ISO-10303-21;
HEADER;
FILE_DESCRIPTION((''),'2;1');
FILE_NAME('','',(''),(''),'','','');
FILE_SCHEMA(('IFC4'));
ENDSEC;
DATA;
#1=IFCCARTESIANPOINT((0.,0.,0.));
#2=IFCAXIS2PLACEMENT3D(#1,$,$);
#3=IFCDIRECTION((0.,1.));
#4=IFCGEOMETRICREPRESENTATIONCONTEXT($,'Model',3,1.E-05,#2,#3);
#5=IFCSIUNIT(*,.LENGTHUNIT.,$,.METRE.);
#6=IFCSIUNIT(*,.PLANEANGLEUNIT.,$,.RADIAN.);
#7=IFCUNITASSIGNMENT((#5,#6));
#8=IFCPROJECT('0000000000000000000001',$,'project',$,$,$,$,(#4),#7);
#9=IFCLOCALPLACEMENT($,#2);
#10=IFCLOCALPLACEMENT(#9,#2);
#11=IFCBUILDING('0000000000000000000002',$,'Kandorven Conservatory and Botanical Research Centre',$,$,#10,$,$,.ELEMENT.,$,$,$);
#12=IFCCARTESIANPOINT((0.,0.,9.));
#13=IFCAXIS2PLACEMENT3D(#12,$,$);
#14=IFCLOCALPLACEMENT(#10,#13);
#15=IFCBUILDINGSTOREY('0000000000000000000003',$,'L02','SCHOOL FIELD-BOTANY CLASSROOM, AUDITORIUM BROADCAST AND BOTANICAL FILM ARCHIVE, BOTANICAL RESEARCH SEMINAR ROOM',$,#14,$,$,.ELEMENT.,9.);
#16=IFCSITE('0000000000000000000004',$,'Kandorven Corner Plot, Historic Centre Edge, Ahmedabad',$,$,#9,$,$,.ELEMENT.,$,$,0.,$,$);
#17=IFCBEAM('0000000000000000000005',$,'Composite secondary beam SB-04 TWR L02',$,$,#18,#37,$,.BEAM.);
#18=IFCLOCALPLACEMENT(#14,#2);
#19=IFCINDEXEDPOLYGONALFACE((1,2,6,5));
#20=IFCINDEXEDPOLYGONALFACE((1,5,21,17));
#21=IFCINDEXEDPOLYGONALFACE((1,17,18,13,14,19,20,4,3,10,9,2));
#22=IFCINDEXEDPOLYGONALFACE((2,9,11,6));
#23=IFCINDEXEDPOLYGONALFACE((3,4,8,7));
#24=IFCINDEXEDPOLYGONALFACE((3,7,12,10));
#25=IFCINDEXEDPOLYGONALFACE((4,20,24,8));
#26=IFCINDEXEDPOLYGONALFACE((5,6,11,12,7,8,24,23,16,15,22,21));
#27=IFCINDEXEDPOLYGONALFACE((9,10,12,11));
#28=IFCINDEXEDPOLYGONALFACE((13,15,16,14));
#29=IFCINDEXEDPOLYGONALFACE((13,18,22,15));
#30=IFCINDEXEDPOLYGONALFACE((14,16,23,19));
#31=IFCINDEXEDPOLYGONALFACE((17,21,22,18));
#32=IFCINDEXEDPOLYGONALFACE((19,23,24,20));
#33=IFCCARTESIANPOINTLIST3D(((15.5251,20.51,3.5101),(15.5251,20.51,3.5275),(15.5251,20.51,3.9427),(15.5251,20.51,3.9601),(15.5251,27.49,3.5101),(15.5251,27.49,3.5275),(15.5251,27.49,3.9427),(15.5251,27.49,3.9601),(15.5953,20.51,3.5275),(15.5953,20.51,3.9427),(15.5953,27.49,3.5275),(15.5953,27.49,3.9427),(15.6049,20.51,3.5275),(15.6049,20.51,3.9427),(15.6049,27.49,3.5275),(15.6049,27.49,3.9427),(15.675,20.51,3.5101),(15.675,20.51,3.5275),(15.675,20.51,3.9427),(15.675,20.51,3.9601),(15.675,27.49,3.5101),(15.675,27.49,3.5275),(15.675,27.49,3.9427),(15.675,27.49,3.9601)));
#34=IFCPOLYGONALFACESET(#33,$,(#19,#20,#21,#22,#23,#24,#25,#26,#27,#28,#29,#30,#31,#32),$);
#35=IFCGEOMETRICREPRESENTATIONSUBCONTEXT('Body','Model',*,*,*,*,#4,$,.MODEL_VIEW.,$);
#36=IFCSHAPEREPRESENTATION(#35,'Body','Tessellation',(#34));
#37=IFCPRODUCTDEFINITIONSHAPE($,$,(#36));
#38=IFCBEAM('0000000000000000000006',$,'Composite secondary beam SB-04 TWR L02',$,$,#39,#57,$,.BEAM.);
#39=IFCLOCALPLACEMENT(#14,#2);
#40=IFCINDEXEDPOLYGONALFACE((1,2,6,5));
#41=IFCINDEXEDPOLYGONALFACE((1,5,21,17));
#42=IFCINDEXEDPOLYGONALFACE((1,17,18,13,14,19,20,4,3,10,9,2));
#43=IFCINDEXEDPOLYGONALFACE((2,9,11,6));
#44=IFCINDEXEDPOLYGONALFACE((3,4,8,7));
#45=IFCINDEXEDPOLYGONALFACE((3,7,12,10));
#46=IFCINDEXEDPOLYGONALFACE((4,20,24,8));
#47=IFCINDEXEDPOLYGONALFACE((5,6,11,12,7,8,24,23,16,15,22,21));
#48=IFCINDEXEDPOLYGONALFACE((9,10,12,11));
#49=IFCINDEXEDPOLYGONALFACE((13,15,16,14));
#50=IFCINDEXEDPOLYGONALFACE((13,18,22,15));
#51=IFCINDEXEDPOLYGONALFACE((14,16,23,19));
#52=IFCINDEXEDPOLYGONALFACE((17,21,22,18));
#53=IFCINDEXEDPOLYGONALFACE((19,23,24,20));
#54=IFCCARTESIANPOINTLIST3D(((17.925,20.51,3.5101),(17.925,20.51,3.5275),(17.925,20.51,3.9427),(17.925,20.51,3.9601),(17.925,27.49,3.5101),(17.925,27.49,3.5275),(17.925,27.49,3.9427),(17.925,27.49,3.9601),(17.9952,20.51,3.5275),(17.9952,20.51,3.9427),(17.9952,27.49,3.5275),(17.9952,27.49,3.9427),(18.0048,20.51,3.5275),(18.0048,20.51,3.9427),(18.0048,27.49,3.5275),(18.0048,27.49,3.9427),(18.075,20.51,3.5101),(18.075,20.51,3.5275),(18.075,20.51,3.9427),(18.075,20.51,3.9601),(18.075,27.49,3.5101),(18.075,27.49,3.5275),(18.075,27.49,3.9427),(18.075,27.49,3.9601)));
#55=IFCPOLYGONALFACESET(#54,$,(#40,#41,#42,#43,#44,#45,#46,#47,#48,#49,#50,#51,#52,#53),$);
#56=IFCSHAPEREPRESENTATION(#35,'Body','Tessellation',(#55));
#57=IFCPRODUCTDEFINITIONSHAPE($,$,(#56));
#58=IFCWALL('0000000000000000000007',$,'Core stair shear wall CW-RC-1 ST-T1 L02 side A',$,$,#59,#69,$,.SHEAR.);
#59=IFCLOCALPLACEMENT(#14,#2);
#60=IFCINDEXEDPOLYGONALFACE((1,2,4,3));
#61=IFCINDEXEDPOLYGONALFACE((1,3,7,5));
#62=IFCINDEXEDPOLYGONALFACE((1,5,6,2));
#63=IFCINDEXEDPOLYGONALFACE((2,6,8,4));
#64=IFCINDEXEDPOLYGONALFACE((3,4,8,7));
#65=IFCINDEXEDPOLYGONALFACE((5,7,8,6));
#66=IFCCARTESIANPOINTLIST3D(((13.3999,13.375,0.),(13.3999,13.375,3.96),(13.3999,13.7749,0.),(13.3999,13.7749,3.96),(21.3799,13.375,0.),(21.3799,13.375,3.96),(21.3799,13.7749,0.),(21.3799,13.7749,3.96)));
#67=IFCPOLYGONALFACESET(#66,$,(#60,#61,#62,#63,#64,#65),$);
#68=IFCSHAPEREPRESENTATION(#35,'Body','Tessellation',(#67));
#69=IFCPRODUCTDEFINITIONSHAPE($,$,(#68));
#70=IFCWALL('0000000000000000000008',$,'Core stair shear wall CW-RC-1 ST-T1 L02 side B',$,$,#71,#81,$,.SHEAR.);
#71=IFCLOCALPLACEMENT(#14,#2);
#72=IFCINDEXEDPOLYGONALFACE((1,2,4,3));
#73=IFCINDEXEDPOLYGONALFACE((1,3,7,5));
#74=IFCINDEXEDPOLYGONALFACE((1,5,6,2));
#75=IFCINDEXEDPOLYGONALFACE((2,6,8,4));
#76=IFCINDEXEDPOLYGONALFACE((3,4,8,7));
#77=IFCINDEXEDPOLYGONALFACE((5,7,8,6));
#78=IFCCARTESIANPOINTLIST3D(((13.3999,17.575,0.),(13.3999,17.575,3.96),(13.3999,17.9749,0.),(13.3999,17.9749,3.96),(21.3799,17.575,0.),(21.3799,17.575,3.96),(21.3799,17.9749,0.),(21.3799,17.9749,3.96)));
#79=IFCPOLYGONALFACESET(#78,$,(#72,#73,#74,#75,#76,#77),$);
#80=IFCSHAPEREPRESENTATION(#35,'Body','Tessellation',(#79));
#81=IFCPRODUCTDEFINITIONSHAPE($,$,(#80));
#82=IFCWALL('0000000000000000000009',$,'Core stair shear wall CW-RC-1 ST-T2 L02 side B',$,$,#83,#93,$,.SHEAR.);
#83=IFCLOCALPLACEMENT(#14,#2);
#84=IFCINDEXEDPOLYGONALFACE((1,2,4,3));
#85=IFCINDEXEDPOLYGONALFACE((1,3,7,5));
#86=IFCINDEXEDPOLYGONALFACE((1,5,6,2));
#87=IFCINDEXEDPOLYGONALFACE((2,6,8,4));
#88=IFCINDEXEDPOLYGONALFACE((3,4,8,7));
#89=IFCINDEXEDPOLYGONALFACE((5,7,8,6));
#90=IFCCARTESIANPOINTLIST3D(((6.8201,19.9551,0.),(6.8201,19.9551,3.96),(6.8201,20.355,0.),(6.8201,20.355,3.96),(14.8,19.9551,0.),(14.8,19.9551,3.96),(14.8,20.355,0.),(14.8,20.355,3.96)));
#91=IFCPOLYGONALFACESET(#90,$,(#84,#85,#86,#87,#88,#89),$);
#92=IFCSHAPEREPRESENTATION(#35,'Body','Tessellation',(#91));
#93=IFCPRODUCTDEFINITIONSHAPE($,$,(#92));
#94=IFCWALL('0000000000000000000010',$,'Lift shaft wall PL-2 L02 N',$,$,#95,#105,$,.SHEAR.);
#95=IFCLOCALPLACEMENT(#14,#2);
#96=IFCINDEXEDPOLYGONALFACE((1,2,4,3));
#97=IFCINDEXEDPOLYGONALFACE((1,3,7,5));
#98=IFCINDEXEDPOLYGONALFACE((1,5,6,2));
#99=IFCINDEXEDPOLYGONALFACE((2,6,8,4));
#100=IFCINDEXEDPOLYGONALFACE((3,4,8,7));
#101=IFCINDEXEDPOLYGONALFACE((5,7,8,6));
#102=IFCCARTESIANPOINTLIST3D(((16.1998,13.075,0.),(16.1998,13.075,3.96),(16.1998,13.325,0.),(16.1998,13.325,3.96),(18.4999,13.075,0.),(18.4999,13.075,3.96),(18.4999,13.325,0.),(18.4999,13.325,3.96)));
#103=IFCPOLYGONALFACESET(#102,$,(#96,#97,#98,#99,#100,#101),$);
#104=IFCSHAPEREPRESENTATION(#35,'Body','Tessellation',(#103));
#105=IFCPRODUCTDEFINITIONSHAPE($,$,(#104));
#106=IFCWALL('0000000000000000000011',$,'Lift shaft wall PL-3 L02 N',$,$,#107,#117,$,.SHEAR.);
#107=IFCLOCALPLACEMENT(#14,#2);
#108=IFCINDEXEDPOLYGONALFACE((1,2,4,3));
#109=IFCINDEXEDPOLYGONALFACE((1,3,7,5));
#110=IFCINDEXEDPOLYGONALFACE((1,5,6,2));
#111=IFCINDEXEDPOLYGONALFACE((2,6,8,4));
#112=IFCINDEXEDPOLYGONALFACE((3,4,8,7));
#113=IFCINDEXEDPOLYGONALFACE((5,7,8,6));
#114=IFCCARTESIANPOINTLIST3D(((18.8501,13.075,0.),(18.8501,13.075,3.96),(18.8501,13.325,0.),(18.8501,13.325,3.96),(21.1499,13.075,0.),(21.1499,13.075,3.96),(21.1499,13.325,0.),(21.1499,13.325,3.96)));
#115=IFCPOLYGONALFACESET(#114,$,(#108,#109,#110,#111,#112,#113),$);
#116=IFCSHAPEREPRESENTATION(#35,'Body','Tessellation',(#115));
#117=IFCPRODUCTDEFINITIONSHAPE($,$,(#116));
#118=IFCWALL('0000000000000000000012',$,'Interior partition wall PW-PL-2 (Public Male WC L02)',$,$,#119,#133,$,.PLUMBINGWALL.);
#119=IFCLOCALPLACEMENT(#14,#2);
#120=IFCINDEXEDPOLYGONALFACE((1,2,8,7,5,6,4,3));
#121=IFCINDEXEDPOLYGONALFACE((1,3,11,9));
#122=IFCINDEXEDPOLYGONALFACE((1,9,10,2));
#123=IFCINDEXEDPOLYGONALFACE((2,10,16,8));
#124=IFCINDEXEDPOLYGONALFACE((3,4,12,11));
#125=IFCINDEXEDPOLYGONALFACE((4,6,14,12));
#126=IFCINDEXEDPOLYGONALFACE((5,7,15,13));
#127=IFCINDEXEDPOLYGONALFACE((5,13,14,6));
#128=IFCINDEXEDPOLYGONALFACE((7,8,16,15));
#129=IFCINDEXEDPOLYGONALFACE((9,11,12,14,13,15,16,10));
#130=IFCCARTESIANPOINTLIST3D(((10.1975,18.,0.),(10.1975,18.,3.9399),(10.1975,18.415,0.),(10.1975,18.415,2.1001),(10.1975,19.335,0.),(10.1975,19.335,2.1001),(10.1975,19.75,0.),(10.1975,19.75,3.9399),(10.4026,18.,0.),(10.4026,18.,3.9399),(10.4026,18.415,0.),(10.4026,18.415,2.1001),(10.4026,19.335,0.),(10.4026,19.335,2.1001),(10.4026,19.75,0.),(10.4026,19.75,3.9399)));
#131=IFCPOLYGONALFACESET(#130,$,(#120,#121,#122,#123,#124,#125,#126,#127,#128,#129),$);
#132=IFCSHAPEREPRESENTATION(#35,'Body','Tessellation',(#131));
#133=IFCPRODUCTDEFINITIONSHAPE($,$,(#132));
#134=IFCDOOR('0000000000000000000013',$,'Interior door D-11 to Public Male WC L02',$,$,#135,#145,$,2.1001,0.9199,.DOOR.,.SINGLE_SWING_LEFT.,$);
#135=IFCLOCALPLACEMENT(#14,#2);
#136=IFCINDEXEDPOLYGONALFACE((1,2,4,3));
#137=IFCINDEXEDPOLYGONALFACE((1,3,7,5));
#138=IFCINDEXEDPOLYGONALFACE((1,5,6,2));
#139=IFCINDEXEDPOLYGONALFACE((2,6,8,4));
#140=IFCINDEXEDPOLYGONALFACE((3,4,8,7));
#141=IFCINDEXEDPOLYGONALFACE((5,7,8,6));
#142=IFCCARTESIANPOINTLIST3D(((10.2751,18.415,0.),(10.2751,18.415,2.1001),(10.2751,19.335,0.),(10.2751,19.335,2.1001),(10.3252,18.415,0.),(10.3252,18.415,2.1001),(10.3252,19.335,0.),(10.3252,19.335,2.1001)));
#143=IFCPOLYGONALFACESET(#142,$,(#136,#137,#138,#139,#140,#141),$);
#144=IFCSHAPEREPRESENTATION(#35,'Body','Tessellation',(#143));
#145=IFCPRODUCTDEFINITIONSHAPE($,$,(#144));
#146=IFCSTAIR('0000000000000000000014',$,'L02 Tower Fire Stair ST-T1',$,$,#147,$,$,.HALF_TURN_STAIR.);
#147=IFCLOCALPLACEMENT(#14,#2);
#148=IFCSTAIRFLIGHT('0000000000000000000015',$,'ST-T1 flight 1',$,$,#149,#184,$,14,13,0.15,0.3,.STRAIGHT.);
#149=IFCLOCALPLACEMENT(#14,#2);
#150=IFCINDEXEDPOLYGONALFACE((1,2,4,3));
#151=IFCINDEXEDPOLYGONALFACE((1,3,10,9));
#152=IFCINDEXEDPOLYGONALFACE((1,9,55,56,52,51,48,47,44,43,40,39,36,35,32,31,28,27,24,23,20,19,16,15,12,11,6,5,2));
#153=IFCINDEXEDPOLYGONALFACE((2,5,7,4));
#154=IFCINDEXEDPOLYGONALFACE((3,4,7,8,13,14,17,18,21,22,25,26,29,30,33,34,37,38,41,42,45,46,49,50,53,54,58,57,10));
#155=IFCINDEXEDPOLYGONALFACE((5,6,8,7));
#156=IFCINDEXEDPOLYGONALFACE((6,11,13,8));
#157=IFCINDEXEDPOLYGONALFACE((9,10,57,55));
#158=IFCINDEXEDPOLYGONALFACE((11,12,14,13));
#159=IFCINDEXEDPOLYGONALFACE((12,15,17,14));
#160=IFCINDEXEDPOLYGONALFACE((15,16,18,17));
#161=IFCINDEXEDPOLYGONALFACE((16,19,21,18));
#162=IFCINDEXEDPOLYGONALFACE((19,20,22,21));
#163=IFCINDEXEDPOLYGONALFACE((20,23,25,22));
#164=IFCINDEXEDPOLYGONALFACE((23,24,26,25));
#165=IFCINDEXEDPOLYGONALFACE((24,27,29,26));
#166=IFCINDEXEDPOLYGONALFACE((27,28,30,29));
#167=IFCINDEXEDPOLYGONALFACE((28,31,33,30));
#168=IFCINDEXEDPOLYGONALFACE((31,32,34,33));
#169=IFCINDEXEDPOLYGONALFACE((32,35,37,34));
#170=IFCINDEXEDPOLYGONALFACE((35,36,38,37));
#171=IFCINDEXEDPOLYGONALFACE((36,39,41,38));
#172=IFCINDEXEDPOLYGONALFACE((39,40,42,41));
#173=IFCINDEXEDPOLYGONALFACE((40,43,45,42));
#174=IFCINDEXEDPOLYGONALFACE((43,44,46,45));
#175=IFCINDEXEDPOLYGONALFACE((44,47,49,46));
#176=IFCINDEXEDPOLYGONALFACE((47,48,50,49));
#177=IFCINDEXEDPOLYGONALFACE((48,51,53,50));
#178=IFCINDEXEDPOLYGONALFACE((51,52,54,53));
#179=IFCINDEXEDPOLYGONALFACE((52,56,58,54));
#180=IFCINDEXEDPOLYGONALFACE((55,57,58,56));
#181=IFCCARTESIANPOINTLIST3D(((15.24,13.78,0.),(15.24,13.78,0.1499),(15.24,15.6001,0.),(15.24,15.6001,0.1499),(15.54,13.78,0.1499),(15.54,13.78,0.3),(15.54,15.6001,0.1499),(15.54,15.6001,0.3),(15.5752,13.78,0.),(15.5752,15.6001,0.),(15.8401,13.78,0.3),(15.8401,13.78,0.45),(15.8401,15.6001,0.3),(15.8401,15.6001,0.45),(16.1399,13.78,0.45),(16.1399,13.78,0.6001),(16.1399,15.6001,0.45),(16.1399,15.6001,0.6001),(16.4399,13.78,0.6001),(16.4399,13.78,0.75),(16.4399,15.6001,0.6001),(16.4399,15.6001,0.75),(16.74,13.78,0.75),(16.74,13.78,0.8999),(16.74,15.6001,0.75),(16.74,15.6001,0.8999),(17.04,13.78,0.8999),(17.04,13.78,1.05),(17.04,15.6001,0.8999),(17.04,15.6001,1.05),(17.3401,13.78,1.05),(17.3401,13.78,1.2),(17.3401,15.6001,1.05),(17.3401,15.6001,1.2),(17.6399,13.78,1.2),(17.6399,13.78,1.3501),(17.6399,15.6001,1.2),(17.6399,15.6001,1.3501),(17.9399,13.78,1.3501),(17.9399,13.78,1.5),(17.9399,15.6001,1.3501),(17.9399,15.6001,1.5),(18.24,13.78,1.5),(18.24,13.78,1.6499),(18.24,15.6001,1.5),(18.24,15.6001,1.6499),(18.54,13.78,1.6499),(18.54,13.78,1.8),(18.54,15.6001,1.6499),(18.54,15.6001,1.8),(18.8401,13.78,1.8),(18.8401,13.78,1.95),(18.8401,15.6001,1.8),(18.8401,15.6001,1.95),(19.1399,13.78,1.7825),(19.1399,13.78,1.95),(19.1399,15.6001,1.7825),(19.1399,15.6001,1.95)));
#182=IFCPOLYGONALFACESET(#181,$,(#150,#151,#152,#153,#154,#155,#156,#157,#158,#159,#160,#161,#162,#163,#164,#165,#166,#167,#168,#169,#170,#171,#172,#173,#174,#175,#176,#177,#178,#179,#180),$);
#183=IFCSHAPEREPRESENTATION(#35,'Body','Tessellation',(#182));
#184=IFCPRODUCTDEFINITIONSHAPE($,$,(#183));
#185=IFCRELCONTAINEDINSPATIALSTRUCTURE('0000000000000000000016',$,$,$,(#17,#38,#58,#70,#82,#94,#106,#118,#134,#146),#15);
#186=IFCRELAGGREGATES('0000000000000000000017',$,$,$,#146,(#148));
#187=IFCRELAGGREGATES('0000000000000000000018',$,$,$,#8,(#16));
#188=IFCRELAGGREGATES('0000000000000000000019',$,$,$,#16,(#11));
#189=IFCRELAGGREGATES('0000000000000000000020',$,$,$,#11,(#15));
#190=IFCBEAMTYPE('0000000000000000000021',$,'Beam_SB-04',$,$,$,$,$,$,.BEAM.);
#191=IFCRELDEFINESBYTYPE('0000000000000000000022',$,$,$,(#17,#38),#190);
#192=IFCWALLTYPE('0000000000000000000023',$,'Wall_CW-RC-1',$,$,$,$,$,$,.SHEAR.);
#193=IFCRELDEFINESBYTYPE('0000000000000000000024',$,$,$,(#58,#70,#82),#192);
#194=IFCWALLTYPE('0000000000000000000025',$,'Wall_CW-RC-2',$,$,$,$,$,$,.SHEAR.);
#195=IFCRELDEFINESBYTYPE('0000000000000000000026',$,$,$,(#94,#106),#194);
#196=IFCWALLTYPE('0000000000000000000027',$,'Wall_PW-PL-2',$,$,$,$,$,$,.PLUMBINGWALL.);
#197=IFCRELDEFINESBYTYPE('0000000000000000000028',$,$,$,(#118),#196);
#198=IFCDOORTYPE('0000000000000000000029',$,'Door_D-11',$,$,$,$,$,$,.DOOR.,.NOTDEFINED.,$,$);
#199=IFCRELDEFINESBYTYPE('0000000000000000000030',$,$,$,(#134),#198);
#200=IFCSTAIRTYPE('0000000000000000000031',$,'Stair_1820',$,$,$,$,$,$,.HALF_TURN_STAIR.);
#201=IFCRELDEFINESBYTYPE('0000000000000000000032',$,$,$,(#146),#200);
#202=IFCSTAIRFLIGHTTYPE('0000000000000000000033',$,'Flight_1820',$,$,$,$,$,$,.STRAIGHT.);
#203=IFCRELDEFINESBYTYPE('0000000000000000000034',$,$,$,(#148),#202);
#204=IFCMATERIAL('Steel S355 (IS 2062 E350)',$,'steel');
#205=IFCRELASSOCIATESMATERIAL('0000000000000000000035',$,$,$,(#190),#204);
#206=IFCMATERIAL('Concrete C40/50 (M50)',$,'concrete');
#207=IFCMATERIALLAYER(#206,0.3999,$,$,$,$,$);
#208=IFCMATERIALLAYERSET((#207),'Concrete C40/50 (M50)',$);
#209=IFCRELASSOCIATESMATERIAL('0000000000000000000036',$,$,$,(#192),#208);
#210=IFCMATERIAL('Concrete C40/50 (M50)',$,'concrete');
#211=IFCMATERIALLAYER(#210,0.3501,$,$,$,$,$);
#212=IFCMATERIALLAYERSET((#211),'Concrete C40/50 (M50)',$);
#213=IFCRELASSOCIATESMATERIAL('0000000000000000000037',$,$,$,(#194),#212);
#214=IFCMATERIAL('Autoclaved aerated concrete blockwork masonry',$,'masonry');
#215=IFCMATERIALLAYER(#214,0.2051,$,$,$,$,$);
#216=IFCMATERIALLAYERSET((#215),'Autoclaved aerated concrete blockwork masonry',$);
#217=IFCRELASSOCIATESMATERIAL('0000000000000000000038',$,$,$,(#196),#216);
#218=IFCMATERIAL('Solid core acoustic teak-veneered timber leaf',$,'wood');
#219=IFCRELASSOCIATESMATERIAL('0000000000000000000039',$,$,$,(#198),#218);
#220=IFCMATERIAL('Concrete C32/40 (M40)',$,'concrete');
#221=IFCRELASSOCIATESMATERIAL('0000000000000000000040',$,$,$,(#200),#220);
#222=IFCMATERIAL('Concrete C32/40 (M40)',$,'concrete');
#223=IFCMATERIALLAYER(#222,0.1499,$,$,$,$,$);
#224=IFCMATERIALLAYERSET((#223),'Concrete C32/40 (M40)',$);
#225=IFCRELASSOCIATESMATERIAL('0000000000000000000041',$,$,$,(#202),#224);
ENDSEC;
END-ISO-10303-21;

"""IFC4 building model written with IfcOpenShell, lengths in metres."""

from ifc_helpers import new_model, si_unit, direction, frame, frame_2d, origin, origin_2d, place, context, subcontext, project, spatial, polyline, rectangle, i_section, outline, extrude, material, layer, layer_set, material_profile, profile_set, type_object, element, fill, aggregate, save


model = new_model("IFC4")

# Units and contexts
model_context = context("Model", 3, precision=1e-05, world=origin(), true_north=direction((0.0, 1.0)))
body_context = subcontext(model_context, "Body", "Model", "MODEL_VIEW")
ifc_project = project(units=[si_unit("LENGTHUNIT", "METRE"), si_unit("PLANEANGLEUNIT", "RADIAN")], contexts=[model_context])

# Site, building, storey
site_placement = place(None, origin())
site = spatial("IfcSite", under=ifc_project, at=site_placement, Name="Kandorven Corner Plot, Historic Centre Edge, Ahmedabad", CompositionType="ELEMENT", RefElevation=0.0)
building_placement = place(site_placement, origin())
building = spatial("IfcBuilding", under=site, at=building_placement, Name="Kandorven Conservatory and Botanical Research Centre", CompositionType="ELEMENT")
storey_placement = place(building_placement, frame((0.0, 0.0, 9.0)))
storey = spatial("IfcBuildingStorey", under=building, at=storey_placement, Name="L02", Description="SCHOOL FIELD-BOTANY CLASSROOM, AUDITORIUM BROADCAST AND BOTANICAL FILM ARCHIVE, BOTANICAL RESEARCH SEMINAR ROOM", CompositionType="ELEMENT", Elevation=9.0)

# Beams
ifc_material_1 = material(Name="Steel S355 (IS 2062 E350)", Category="steel")
ifc_material_profile_1 = material_profile(ifc_material_1, i_section(OverallWidth=0.1499, OverallDepth=0.45, WebThickness=0.0095, FlangeThickness=0.0173, at=origin_2d()))
ifc_profile_set_1 = profile_set([ifc_material_profile_1], Name="Steel S355 (IS 2062 E350)")
beam_type_1 = type_object("IfcBeamType", Name="Beam_SB-04", PredefinedType="BEAM", material=ifc_profile_set_1)
for number, where, z_axis, x_axis, name in (
    (1, (15.6001, 20.51, 3.7351), (0.0, 1.0, 0.0), (-1.0, 0.0, 0.0), "Composite secondary beam SB-04 TWR L02"),
    (2, (18.0, 20.51, 3.7351), (0.0, 1.0, 0.0), (-1.0, 0.0, 0.0), "Composite secondary beam SB-04 TWR L02"),
):
    element("IfcBeam", number, at=place(storey_placement, frame(where, z_axis=z_axis, x_axis=x_axis)), inside=storey, type_object=beam_type_1, Name=name, PredefinedType="BEAM", context=body_context, shape_type="SweptSolid", body=[
        extrude(i_section(OverallWidth=0.1499, OverallDepth=0.45, WebThickness=0.0095, FlangeThickness=0.0173, at=origin_2d()), origin(), (0.0, 0.0, 1.0), 6.98),
    ])

# Walls
ifc_material_2 = material(Name="Concrete C40/50 (M50)", Category="concrete")
ifc_layer_1 = layer(ifc_material_2, 0.3999)
ifc_layer_set_1 = layer_set([ifc_layer_1], Name="Concrete C40/50 (M50)")
wall_type_1 = type_object("IfcWallType", Name="Wall_CW-RC-1", PredefinedType="SHEAR", material=ifc_layer_set_1)
for number, where, z_axis, x_axis, name in (
    (3, (13.3999, 13.575, 0.0), (0.0, 0.0, 1.0), (1.0, 0.0, 0.0), "Core stair shear wall CW-RC-1 ST-T1 L02 side A"),
    (4, (13.3999, 17.7749, 0.0), (0.0, 0.0, 1.0), (1.0, 0.0, 0.0), "Core stair shear wall CW-RC-1 ST-T1 L02 side B"),
    (5, (14.8, 20.155, 0.0), (0.0, 0.0, 1.0), (-1.0, 0.0, 0.0), "Core stair shear wall CW-RC-1 ST-T2 L02 side B"),
):
    element("IfcWall", number, at=place(storey_placement, frame(where, z_axis=z_axis, x_axis=x_axis)), inside=storey, type_object=wall_type_1, Name=name, PredefinedType="SHEAR", context=body_context, shape_type="SweptSolid", body=[
        extrude(rectangle(XDim=7.98, YDim=0.3999, at=frame_2d((3.99, 0.0))), origin(), (0.0, 0.0, 1.0), 3.96),
    ])
ifc_material_3 = material(Name="Concrete C40/50 (M50)", Category="concrete")
ifc_layer_2 = layer(ifc_material_3, 0.3501)
ifc_layer_set_2 = layer_set([ifc_layer_2], Name="Concrete C40/50 (M50)")
wall_type_2 = type_object("IfcWallType", Name="Wall_CW-RC-2", PredefinedType="SHEAR", material=ifc_layer_set_2)
wall_1_placement = place(storey_placement, frame((16.2, 13.2, 0.0), z_axis=(0.0, 0.0, 1.0), x_axis=(1.0, 0.0, 0.0)))
element("IfcWall", 6, at=wall_1_placement, inside=storey, type_object=wall_type_2, Name="Lift shaft wall PL-2 L02 N", PredefinedType="SHEAR", context=body_context, shape_type="SweptSolid", body=[
    extrude(rectangle(XDim=2.3, YDim=0.25, at=frame_2d((1.1499, 0.0))), origin(), (0.0, 0.0, 1.0), 3.96),
])
wall_2_placement = place(storey_placement, frame((18.8501, 13.2, 0.0), z_axis=(0.0, 0.0, 1.0), x_axis=(1.0, 0.0, 0.0)))
element("IfcWall", 7, at=wall_2_placement, inside=storey, type_object=wall_type_2, Name="Lift shaft wall PL-3 L02 N", PredefinedType="SHEAR", context=body_context, shape_type="SweptSolid", body=[
    extrude(rectangle(XDim=2.2998, YDim=0.25, at=frame_2d((1.1499, 0.0))), origin(), (0.0, 0.0, 1.0), 3.96),
])

# Wall, opening, door
ifc_material_4 = material(Name="Autoclaved aerated concrete blockwork masonry", Category="masonry")
ifc_layer_3 = layer(ifc_material_4, 0.2051)
ifc_layer_set_3 = layer_set([ifc_layer_3], Name="Autoclaved aerated concrete blockwork masonry")
wall_type_3 = type_object("IfcWallType", Name="Wall_PW-PL-2", PredefinedType="PLUMBINGWALL", material=ifc_layer_set_3)
wall_3_placement = place(storey_placement, frame((10.3, 18.0, 0.0), z_axis=(0.0, 0.0, 1.0), x_axis=(0.0, 1.0, 0.0)))
wall_3 = element("IfcWall", 8, at=wall_3_placement, inside=storey, type_object=wall_type_3, Name="Interior partition wall PW-PL-2 (Public Male WC L02)", PredefinedType="PLUMBINGWALL", context=body_context, shape_type="SweptSolid", body=[
    extrude(rectangle(XDim=1.75, YDim=0.2051, at=frame_2d((0.875, 0.0))), origin(), (0.0, 0.0, 1.0), 3.9399),
])
opening_placement = place(wall_3_placement, frame((0.415, 0.0, 0.0)))
opening = element("IfcOpeningElement", 9, at=opening_placement, cuts=wall_3, PredefinedType="OPENING", context=body_context, shape_type="SweptSolid", body=[
    extrude(rectangle(XDim=0.9199, YDim=2.1001, at=frame_2d((0.46, 1.05))), frame((0.0, 0.1125, 0.0), z_axis=(0.0, -1.0, 0.0), x_axis=(1.0, 0.0, 0.0)), (0.0, 0.0, 1.0), 0.2251),
])
ifc_material_5 = material(Name="Solid core acoustic teak-veneered timber leaf", Category="wood")
door_type = type_object("IfcDoorType", Name="Door_D-11", OperationType="NOTDEFINED", PredefinedType="DOOR", material=ifc_material_5)
door_placement = place(opening_placement, origin())
door = element("IfcDoor", 10, at=door_placement, inside=storey, type_object=door_type, Name="Interior door D-11 to Public Male WC L02", OperationType="SINGLE_SWING_LEFT", OverallHeight=2.1001, OverallWidth=0.9199, PredefinedType="DOOR", context=body_context, shape_type="SweptSolid", body=[
    extrude(rectangle(XDim=0.9199, YDim=2.1001, at=frame_2d((0.46, 1.05))), frame((0.0, 0.0249, 0.0), z_axis=(0.0, -1.0, 0.0), x_axis=(1.0, 0.0, 0.0)), (0.0, 0.0, 1.0), 0.05),
])
fill(opening, door)

# Stair, stair flight
ifc_material_6 = material(Name="Concrete C32/40 (M40)", Category="concrete")
stair_type = type_object("IfcStairType", Name="Stair_1820", PredefinedType="HALF_TURN_STAIR", material=ifc_material_6)
stair_placement = place(storey_placement, origin())
stair = element("IfcStair", 11, at=stair_placement, inside=storey, type_object=stair_type, Name="L02 Tower Fire Stair ST-T1", PredefinedType="HALF_TURN_STAIR")
ifc_material_7 = material(Name="Concrete C32/40 (M40)", Category="concrete")
ifc_layer_4 = layer(ifc_material_7, 0.1499)
ifc_layer_set_4 = layer_set([ifc_layer_4], Name="Concrete C32/40 (M40)")
stair_flight_type = type_object("IfcStairFlightType", Name="Flight_1820", PredefinedType="STRAIGHT", material=ifc_layer_set_4)
stair_flight_1_placement = place(storey_placement, frame((15.24, 14.6899, 0.0), z_axis=(0.0, 0.0, 1.0), x_axis=(1.0, 0.0, 0.0)))
stair_flight_1 = element("IfcStairFlight", 12, at=stair_flight_1_placement, type_object=stair_flight_type, Name="ST-T1 flight 1", NumberOfRisers=14, NumberOfTreads=13, PredefinedType="STRAIGHT", RiserHeight=0.15, TreadLength=0.3, context=body_context, shape_type="SweptSolid", body=[
    extrude(outline(polyline([(0.0, 0.0), (0.0, 0.1499), (0.3, 0.1499), (0.3, 0.3), (0.6001, 0.3), (0.6001, 0.45), (0.8999, 0.45), (0.8999, 0.6001), (1.2, 0.6001), (1.2, 0.75), (1.5, 0.75), (1.5, 0.8999), (1.8, 0.8999), (1.8, 1.05), (2.1001, 1.05), (2.1001, 1.2), (2.3999, 1.2), (2.3999, 1.3501), (2.7, 1.3501), (2.7, 1.5), (3.0, 1.5), (3.0, 1.6499), (3.3, 1.6499), (3.3, 1.8), (3.6001, 1.8), (3.6001, 1.95), (3.8999, 1.95), (3.8999, 2.1001), (3.8999, 1.7825), (0.3352, 0.0), (0.0, 0.0)])), frame((0.0, 0.9102, 0.0), z_axis=(0.0, -1.0, 0.0), x_axis=(1.0, 0.0, 0.0)), (0.0, 0.0, 1.0), 1.8201),
])
aggregate(stair, [stair_flight_1])

save(model, "model.ifc")
